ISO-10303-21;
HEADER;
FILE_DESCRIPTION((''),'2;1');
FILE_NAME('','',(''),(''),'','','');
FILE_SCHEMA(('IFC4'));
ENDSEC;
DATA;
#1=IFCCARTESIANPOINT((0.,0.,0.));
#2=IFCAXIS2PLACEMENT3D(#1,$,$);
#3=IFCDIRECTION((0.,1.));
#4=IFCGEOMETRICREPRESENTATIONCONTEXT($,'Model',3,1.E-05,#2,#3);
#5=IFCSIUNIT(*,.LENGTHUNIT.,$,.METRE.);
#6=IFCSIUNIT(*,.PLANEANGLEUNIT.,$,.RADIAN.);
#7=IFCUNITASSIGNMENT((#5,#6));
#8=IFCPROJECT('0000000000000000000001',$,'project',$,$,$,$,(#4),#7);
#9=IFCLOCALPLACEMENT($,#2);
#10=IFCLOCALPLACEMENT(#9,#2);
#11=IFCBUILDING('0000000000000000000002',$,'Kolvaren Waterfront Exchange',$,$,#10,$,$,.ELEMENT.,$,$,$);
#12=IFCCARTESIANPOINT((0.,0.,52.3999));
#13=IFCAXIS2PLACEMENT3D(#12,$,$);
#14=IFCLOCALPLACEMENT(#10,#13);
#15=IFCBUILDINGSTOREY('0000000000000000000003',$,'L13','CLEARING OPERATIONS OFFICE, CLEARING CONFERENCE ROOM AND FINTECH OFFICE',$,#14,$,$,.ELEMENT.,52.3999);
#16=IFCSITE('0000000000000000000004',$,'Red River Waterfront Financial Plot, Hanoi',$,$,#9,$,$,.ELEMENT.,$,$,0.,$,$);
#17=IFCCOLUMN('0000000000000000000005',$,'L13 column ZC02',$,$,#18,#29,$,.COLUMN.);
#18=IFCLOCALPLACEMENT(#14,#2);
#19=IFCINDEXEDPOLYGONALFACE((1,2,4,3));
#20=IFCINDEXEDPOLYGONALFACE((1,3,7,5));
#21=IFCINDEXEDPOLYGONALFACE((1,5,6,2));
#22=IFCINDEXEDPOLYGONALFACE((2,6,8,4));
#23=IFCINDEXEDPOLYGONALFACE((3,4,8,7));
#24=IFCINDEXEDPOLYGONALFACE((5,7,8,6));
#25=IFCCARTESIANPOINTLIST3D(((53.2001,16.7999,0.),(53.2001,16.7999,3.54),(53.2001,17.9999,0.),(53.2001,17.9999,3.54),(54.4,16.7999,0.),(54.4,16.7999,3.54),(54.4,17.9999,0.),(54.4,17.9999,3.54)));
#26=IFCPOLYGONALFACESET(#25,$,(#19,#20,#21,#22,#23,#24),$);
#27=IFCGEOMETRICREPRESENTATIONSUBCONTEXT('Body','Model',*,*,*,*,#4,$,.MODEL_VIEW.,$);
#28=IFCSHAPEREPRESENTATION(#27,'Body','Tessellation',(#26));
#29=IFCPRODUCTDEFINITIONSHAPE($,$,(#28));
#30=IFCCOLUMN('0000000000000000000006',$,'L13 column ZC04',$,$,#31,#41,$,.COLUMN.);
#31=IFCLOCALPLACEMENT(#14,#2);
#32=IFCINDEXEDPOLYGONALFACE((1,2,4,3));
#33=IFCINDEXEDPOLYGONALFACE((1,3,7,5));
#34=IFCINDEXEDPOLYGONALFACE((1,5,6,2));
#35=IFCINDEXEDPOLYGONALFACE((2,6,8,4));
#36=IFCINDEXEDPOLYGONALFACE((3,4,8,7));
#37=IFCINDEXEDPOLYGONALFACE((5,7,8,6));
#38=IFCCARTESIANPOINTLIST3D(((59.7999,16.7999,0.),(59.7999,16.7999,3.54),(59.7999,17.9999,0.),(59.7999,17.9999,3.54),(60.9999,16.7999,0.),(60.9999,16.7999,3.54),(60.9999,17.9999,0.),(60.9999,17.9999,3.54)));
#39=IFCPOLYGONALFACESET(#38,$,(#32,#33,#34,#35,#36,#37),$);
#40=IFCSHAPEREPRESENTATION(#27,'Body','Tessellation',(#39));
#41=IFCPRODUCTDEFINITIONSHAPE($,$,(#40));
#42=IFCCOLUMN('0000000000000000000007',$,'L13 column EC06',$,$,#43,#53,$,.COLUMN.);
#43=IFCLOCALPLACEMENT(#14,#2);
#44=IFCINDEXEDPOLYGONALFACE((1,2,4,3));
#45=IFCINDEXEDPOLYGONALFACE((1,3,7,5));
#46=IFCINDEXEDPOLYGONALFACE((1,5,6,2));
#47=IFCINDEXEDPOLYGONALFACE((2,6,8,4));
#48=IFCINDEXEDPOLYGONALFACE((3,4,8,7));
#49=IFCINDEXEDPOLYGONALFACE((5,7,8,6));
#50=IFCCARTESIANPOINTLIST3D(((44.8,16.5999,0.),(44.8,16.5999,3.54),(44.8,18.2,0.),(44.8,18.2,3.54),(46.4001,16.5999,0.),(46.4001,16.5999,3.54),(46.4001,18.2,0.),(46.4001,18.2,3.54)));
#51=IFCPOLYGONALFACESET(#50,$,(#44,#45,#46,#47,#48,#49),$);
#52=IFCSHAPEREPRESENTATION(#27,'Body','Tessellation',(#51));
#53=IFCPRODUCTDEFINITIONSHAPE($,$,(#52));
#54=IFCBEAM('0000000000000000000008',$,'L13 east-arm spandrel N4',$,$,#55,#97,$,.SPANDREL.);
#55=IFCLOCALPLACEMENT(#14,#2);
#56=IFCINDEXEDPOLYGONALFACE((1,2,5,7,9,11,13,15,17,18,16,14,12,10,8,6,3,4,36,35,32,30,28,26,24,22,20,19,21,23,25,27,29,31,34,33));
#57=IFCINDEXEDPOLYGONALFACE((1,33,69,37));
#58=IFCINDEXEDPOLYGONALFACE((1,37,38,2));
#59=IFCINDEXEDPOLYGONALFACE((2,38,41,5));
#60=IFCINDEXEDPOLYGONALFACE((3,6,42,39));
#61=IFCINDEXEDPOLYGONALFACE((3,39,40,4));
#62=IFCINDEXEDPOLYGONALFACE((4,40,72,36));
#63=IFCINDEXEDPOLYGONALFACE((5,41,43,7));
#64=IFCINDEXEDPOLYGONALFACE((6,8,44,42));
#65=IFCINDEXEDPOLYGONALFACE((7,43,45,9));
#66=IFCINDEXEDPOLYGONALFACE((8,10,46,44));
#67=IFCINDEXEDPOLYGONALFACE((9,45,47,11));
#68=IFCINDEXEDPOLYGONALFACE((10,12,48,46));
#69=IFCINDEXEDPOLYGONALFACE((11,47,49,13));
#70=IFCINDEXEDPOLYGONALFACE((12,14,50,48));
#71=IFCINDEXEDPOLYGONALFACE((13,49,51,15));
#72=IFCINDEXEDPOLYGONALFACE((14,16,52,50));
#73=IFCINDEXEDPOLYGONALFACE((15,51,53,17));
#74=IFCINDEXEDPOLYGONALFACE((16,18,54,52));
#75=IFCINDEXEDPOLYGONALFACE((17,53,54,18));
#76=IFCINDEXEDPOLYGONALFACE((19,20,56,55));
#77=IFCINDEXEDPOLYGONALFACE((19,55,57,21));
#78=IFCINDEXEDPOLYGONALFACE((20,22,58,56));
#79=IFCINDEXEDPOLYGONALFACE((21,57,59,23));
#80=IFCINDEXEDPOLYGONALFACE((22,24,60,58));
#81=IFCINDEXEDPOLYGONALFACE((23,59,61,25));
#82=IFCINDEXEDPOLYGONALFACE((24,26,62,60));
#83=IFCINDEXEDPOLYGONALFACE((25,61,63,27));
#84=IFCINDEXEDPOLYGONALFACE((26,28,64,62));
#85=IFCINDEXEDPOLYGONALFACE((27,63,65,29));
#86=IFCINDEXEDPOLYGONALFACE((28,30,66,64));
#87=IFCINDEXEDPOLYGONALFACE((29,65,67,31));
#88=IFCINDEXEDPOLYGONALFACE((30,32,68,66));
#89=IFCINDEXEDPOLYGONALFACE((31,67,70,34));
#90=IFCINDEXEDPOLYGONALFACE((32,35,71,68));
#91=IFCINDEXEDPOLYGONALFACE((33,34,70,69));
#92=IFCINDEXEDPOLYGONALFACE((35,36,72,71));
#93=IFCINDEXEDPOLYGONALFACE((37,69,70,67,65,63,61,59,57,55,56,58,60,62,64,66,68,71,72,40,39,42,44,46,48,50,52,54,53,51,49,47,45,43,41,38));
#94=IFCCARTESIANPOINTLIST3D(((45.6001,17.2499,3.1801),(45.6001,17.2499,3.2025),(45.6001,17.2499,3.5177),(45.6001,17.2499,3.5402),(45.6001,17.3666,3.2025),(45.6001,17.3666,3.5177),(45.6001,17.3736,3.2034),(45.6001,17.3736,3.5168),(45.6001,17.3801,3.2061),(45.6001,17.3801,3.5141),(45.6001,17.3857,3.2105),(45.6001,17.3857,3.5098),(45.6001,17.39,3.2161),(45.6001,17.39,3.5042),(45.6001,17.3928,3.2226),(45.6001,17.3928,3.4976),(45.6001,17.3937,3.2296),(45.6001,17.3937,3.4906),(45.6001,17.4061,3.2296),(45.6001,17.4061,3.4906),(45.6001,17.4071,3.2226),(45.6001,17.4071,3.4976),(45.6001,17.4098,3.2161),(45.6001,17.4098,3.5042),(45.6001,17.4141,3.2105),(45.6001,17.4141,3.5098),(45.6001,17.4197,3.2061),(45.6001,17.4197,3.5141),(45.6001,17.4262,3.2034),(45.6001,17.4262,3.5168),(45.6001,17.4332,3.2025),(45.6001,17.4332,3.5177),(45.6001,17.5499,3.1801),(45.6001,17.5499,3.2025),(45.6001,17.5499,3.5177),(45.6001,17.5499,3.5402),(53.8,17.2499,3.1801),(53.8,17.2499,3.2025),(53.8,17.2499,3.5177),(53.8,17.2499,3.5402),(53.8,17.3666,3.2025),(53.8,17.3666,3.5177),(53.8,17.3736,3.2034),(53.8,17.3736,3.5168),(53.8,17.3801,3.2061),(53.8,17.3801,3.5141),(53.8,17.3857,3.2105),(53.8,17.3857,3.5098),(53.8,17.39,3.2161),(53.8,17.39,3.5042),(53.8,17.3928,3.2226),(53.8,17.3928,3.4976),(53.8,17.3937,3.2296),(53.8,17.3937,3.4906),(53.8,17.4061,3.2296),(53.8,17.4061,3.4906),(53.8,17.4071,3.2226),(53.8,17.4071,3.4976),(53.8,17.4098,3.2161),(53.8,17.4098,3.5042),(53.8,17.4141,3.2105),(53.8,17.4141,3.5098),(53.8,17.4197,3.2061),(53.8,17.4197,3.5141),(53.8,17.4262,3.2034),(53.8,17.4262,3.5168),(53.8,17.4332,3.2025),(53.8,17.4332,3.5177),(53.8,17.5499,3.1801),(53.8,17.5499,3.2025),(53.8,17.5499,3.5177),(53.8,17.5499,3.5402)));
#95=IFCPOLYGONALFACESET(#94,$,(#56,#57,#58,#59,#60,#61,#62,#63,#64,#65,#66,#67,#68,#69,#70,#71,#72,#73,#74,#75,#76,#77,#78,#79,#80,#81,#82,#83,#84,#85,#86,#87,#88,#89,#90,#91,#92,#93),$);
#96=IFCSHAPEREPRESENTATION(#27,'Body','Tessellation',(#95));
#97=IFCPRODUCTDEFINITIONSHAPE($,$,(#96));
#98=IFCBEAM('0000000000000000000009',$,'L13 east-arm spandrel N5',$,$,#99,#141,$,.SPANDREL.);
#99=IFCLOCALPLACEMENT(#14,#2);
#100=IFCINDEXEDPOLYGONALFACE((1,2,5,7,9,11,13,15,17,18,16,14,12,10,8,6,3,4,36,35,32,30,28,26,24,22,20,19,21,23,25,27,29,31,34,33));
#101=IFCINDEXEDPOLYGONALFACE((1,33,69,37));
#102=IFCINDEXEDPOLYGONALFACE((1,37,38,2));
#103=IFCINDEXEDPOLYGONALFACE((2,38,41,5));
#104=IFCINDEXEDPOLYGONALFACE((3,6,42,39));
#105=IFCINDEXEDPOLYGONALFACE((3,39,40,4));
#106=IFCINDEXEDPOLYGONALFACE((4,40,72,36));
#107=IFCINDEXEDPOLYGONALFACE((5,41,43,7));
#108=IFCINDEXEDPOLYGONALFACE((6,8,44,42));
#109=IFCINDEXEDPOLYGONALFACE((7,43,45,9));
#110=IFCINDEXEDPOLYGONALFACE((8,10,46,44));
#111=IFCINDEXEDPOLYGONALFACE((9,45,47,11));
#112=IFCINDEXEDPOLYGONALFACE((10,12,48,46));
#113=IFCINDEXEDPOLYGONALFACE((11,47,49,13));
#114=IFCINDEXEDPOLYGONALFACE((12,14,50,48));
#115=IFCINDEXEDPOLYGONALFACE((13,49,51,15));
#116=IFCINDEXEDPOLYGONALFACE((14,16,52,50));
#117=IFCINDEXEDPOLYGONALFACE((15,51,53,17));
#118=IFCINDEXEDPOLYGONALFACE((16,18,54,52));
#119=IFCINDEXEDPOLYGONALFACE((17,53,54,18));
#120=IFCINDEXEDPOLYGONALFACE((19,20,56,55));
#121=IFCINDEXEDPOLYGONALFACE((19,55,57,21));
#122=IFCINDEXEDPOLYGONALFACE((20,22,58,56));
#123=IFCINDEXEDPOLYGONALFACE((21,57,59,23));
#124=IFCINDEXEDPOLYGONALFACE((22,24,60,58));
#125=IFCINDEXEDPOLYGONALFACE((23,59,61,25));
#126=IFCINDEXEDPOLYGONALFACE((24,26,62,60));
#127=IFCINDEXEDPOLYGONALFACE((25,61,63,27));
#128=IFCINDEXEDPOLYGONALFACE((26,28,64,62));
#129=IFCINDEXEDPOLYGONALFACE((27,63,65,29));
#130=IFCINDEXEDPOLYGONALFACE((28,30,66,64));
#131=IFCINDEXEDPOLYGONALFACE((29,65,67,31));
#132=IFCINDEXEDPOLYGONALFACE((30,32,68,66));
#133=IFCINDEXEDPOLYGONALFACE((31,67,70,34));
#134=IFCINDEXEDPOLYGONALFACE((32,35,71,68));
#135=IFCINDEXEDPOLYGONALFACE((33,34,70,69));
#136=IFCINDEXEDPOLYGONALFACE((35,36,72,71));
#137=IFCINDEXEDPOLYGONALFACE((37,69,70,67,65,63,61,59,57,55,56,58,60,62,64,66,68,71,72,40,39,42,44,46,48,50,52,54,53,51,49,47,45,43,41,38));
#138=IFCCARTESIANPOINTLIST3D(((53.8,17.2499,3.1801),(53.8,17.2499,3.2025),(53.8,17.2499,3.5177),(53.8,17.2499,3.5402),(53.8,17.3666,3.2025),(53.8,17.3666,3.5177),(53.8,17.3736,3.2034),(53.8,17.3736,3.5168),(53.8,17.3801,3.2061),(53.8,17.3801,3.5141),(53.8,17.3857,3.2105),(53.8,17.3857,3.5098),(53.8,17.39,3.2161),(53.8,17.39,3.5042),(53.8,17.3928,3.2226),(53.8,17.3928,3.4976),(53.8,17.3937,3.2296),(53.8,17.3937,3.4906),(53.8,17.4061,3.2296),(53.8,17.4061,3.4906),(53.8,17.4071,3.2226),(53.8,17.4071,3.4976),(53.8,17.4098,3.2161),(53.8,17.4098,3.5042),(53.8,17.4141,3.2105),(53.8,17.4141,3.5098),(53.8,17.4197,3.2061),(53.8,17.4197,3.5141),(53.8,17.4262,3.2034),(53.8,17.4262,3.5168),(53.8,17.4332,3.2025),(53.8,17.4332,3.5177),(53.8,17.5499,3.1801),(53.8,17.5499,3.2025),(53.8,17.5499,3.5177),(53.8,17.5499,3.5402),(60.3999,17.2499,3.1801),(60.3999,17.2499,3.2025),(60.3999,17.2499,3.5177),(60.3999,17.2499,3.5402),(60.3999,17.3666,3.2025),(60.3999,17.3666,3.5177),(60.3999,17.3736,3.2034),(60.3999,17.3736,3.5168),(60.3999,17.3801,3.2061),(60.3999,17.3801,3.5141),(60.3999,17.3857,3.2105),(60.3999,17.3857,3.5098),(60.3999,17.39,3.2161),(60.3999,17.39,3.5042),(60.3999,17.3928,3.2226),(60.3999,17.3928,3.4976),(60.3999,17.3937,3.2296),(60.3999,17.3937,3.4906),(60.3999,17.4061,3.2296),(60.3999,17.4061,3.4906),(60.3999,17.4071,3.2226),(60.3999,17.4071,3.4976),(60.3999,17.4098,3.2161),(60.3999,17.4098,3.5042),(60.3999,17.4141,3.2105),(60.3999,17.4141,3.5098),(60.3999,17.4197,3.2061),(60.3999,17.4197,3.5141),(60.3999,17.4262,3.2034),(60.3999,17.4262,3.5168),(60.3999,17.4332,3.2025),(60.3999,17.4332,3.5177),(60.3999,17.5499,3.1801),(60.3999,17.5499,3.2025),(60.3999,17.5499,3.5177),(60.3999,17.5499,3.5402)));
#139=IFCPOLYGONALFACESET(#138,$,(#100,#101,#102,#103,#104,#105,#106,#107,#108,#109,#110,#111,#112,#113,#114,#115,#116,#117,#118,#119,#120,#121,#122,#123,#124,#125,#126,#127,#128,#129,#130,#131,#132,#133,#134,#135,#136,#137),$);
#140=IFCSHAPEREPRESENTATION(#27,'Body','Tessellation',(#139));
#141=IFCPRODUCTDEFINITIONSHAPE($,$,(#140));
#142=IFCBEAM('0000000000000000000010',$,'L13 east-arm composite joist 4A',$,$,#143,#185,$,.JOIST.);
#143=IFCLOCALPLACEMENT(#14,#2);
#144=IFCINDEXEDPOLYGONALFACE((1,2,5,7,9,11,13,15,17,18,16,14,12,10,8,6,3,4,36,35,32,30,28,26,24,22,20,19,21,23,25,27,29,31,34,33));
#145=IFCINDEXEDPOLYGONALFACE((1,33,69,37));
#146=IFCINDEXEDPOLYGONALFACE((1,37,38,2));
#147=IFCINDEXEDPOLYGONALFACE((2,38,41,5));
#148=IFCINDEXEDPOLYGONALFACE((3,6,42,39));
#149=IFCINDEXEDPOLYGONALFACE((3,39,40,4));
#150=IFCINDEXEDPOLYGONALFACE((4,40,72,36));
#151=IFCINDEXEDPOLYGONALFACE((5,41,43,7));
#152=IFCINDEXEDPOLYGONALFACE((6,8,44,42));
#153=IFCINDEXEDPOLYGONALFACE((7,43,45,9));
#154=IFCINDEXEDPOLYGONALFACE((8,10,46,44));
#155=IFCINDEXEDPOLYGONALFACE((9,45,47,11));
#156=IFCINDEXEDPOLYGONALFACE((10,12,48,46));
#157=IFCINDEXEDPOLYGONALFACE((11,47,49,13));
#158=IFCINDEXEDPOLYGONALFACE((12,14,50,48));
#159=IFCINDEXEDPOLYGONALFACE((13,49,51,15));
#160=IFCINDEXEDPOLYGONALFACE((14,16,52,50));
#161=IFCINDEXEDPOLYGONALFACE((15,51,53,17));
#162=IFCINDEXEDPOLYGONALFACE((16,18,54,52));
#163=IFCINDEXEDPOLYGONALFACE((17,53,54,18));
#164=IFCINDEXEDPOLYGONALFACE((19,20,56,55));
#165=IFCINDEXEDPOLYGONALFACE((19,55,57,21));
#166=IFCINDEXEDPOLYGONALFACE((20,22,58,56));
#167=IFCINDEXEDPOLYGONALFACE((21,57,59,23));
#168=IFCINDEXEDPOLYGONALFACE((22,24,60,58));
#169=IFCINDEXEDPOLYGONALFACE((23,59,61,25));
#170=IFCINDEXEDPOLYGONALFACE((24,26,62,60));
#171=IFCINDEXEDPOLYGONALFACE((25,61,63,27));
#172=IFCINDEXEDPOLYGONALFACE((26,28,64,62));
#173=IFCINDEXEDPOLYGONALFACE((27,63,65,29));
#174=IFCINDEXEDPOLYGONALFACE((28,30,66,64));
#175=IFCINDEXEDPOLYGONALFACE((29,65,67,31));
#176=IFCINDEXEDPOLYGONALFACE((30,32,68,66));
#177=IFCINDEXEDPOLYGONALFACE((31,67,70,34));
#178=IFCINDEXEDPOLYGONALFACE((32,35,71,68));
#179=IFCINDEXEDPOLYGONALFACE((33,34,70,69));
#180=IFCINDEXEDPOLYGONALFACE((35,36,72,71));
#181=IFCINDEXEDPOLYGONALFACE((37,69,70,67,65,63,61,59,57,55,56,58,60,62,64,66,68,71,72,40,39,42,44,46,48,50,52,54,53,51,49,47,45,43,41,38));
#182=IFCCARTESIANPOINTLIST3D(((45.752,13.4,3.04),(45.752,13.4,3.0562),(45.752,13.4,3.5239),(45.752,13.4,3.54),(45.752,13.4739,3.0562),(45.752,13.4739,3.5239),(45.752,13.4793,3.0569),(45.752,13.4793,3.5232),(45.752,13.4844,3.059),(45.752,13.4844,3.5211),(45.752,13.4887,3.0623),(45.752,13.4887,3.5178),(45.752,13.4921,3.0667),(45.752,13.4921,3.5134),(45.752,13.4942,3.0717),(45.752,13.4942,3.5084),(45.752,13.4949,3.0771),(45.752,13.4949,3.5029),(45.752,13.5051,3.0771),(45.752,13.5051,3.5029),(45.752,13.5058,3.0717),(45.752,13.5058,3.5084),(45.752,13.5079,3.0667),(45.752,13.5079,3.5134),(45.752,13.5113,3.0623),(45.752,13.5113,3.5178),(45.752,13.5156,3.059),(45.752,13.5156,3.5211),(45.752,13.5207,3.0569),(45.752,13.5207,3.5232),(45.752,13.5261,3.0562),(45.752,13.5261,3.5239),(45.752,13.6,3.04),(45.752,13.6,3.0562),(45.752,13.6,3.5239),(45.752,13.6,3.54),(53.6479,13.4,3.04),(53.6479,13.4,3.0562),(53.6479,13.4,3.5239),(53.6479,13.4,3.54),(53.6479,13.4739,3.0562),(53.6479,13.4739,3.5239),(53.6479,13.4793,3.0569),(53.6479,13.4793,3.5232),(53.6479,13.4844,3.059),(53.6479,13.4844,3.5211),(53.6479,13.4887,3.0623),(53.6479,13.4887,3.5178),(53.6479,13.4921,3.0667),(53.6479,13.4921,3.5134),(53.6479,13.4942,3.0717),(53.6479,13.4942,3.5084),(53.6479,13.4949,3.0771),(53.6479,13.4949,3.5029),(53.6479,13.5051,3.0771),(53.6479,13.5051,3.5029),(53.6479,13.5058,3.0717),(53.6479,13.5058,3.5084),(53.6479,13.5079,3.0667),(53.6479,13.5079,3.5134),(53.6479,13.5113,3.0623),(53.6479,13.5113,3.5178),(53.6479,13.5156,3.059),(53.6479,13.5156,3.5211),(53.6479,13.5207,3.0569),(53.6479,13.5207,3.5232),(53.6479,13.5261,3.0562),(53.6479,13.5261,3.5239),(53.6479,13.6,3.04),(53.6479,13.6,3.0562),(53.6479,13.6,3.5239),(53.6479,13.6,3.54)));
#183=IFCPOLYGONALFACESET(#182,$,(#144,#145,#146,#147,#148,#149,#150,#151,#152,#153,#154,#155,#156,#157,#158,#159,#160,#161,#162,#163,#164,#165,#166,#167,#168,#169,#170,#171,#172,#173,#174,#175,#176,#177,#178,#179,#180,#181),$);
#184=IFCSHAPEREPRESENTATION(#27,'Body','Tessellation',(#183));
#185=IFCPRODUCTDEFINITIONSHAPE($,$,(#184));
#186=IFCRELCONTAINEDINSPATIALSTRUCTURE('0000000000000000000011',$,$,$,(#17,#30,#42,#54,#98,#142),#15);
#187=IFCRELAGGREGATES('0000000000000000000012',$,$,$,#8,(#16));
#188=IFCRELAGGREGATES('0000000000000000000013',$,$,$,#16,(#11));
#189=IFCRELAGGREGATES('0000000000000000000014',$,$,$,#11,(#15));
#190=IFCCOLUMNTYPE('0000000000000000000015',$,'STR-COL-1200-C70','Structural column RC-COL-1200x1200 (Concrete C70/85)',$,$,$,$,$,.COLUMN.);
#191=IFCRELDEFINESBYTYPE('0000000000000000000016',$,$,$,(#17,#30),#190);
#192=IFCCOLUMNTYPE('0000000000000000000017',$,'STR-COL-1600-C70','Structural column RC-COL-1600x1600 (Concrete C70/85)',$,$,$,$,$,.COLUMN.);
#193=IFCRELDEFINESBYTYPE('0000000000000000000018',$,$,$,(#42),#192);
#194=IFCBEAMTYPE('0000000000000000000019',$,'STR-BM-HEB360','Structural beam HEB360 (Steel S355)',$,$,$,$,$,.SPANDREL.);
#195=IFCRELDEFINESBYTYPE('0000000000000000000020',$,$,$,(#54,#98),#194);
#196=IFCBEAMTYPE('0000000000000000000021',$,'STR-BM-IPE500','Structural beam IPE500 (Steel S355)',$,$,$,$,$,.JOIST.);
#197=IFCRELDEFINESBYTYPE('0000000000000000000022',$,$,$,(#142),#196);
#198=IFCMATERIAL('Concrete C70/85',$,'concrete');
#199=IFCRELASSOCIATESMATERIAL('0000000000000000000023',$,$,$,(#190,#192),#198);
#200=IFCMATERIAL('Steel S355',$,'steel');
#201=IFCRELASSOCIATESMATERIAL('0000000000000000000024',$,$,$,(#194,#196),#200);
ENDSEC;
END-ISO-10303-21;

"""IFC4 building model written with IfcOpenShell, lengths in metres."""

from ifc_helpers import new_model, si_unit, direction, frame, origin, origin_2d, place, context, subcontext, project, spatial, rectangle, i_section, extrude, material, material_profile, profile_set, type_object, element, save


model = new_model("IFC4")

# Units and contexts
model_context = context("Model", 3, precision=1e-05, world=origin(), true_north=direction((0.0, 1.0)))
body_context = subcontext(model_context, "Body", "Model", "MODEL_VIEW")
ifc_project = project(units=[si_unit("LENGTHUNIT", "METRE"), si_unit("PLANEANGLEUNIT", "RADIAN")], contexts=[model_context])

# Site, building, storey
site_placement = place(None, origin())
site = spatial("IfcSite", under=ifc_project, at=site_placement, Name="Red River Waterfront Financial Plot, Hanoi", CompositionType="ELEMENT", RefElevation=0.0)
building_placement = place(site_placement, origin())
building = spatial("IfcBuilding", under=site, at=building_placement, Name="Kolvaren Waterfront Exchange", CompositionType="ELEMENT")
storey_placement = place(building_placement, frame((0.0, 0.0, 52.3999)))
storey = spatial("IfcBuildingStorey", under=building, at=storey_placement, Name="L13", Description="CLEARING OPERATIONS OFFICE, CLEARING CONFERENCE ROOM AND FINTECH OFFICE", CompositionType="ELEMENT", Elevation=52.3999)

# Columns
ifc_material_1 = material(Name="Concrete C70/85", Category="concrete")
ifc_material_profile_1 = material_profile(ifc_material_1, rectangle(XDim=1.2, YDim=1.2, at=origin_2d()), Name="RC-COL-1200x1200")
ifc_profile_set_1 = profile_set([ifc_material_profile_1], Name="Concrete C70/85")
column_type_1 = type_object("IfcColumnType", Name="STR-COL-1200-C70", Description="Structural column RC-COL-1200x1200 (Concrete C70/85)", PredefinedType="COLUMN", material=ifc_profile_set_1)
for number, where, z_axis, x_axis, name in (
    (1, (53.8, 17.3999, 0.0), (0.0, 0.0, 1.0), (1.0, 0.0, 0.0), "L13 column ZC02"),
    (2, (60.3999, 17.3999, 0.0), (0.0, 0.0, 1.0), (1.0, 0.0, 0.0), "L13 column ZC04"),
):
    element("IfcColumn", number, at=place(storey_placement, frame(where, z_axis=z_axis, x_axis=x_axis)), inside=storey, type_object=column_type_1, Name=name, PredefinedType="COLUMN", context=body_context, shape_type="SweptSolid", body=[
        extrude(rectangle(XDim=1.2, YDim=1.2, at=origin_2d()), origin(), (0.0, 0.0, 1.0), 3.54),
    ])
ifc_material_profile_2 = material_profile(ifc_material_1, rectangle(XDim=1.6001, YDim=1.6001, at=origin_2d()), Name="RC-COL-1600x1600")
ifc_profile_set_2 = profile_set([ifc_material_profile_2], Name="Concrete C70/85")
column_type_2 = type_object("IfcColumnType", Name="STR-COL-1600-C70", Description="Structural column RC-COL-1600x1600 (Concrete C70/85)", PredefinedType="COLUMN", material=ifc_profile_set_2)
column_placement = place(storey_placement, frame((45.6001, 17.3999, 0.0), z_axis=(0.0, 0.0, 1.0), x_axis=(1.0, 0.0, 0.0)))
element("IfcColumn", 3, at=column_placement, inside=storey, type_object=column_type_2, Name="L13 column EC06", PredefinedType="COLUMN", context=body_context, shape_type="SweptSolid", body=[
    extrude(rectangle(XDim=1.6001, YDim=1.6001, at=origin_2d()), origin(), (0.0, 0.0, 1.0), 3.54),
])

# Beams
ifc_material_2 = material(Name="Steel S355", Category="steel")
ifc_material_profile_3 = material_profile(ifc_material_2, i_section(OverallWidth=0.3, OverallDepth=0.3601, WebThickness=0.0125, FlangeThickness=0.0225, FilletRadius=0.0271, at=origin_2d()), Name="HEB360")
ifc_profile_set_3 = profile_set([ifc_material_profile_3], Name="Steel S355")
beam_type_1 = type_object("IfcBeamType", Name="STR-BM-HEB360", Description="Structural beam HEB360 (Steel S355)", PredefinedType="SPANDREL", material=ifc_profile_set_3)
beam_1_placement = place(storey_placement, frame((45.6001, 17.3999, 3.3601), z_axis=(1.0, 0.0, 0.0), x_axis=(0.0, 1.0, 0.0)))
element("IfcBeam", 4, at=beam_1_placement, inside=storey, type_object=beam_type_1, Name="L13 east-arm spandrel N4", PredefinedType="SPANDREL", context=body_context, shape_type="SweptSolid", body=[
    extrude(i_section(OverallWidth=0.3, OverallDepth=0.3601, WebThickness=0.0125, FlangeThickness=0.0225, FilletRadius=0.0271, at=origin_2d()), origin(), (0.0, 0.0, 1.0), 8.2),
])
beam_2_placement = place(storey_placement, frame((53.8, 17.3999, 3.3601), z_axis=(1.0, 0.0, 0.0), x_axis=(0.0, 1.0, 0.0)))
element("IfcBeam", 5, at=beam_2_placement, inside=storey, type_object=beam_type_1, Name="L13 east-arm spandrel N5", PredefinedType="SPANDREL", context=body_context, shape_type="SweptSolid", body=[
    extrude(i_section(OverallWidth=0.3, OverallDepth=0.3601, WebThickness=0.0125, FlangeThickness=0.0225, FilletRadius=0.0271, at=origin_2d()), origin(), (0.0, 0.0, 1.0), 6.5999),
])
ifc_material_profile_4 = material_profile(ifc_material_2, i_section(OverallWidth=0.2, OverallDepth=0.5, WebThickness=0.0103, FlangeThickness=0.0161, FilletRadius=0.021, at=origin_2d()), Name="IPE500")
ifc_profile_set_4 = profile_set([ifc_material_profile_4], Name="Steel S355")
beam_type_2 = type_object("IfcBeamType", Name="STR-BM-IPE500", Description="Structural beam IPE500 (Steel S355)", PredefinedType="JOIST", material=ifc_profile_set_4)
for number, where, z_axis, x_axis, name in (
    (6, (45.752, 13.5, 3.29), (1.0, 0.0, 0.0), (0.0, 1.0, 0.0), "L13 east-arm composite joist 4A"),
):
    element("IfcBeam", number, at=place(storey_placement, frame(where, z_axis=z_axis, x_axis=x_axis)), inside=storey, type_object=beam_type_2, Name=name, PredefinedType="JOIST", context=body_context, shape_type="SweptSolid", body=[
        extrude(i_section(OverallWidth=0.2, OverallDepth=0.5, WebThickness=0.0103, FlangeThickness=0.0161, FilletRadius=0.021, at=origin_2d()), origin(), (0.0, 0.0, 1.0), 7.896),
    ])

save(model, "model.ifc")
